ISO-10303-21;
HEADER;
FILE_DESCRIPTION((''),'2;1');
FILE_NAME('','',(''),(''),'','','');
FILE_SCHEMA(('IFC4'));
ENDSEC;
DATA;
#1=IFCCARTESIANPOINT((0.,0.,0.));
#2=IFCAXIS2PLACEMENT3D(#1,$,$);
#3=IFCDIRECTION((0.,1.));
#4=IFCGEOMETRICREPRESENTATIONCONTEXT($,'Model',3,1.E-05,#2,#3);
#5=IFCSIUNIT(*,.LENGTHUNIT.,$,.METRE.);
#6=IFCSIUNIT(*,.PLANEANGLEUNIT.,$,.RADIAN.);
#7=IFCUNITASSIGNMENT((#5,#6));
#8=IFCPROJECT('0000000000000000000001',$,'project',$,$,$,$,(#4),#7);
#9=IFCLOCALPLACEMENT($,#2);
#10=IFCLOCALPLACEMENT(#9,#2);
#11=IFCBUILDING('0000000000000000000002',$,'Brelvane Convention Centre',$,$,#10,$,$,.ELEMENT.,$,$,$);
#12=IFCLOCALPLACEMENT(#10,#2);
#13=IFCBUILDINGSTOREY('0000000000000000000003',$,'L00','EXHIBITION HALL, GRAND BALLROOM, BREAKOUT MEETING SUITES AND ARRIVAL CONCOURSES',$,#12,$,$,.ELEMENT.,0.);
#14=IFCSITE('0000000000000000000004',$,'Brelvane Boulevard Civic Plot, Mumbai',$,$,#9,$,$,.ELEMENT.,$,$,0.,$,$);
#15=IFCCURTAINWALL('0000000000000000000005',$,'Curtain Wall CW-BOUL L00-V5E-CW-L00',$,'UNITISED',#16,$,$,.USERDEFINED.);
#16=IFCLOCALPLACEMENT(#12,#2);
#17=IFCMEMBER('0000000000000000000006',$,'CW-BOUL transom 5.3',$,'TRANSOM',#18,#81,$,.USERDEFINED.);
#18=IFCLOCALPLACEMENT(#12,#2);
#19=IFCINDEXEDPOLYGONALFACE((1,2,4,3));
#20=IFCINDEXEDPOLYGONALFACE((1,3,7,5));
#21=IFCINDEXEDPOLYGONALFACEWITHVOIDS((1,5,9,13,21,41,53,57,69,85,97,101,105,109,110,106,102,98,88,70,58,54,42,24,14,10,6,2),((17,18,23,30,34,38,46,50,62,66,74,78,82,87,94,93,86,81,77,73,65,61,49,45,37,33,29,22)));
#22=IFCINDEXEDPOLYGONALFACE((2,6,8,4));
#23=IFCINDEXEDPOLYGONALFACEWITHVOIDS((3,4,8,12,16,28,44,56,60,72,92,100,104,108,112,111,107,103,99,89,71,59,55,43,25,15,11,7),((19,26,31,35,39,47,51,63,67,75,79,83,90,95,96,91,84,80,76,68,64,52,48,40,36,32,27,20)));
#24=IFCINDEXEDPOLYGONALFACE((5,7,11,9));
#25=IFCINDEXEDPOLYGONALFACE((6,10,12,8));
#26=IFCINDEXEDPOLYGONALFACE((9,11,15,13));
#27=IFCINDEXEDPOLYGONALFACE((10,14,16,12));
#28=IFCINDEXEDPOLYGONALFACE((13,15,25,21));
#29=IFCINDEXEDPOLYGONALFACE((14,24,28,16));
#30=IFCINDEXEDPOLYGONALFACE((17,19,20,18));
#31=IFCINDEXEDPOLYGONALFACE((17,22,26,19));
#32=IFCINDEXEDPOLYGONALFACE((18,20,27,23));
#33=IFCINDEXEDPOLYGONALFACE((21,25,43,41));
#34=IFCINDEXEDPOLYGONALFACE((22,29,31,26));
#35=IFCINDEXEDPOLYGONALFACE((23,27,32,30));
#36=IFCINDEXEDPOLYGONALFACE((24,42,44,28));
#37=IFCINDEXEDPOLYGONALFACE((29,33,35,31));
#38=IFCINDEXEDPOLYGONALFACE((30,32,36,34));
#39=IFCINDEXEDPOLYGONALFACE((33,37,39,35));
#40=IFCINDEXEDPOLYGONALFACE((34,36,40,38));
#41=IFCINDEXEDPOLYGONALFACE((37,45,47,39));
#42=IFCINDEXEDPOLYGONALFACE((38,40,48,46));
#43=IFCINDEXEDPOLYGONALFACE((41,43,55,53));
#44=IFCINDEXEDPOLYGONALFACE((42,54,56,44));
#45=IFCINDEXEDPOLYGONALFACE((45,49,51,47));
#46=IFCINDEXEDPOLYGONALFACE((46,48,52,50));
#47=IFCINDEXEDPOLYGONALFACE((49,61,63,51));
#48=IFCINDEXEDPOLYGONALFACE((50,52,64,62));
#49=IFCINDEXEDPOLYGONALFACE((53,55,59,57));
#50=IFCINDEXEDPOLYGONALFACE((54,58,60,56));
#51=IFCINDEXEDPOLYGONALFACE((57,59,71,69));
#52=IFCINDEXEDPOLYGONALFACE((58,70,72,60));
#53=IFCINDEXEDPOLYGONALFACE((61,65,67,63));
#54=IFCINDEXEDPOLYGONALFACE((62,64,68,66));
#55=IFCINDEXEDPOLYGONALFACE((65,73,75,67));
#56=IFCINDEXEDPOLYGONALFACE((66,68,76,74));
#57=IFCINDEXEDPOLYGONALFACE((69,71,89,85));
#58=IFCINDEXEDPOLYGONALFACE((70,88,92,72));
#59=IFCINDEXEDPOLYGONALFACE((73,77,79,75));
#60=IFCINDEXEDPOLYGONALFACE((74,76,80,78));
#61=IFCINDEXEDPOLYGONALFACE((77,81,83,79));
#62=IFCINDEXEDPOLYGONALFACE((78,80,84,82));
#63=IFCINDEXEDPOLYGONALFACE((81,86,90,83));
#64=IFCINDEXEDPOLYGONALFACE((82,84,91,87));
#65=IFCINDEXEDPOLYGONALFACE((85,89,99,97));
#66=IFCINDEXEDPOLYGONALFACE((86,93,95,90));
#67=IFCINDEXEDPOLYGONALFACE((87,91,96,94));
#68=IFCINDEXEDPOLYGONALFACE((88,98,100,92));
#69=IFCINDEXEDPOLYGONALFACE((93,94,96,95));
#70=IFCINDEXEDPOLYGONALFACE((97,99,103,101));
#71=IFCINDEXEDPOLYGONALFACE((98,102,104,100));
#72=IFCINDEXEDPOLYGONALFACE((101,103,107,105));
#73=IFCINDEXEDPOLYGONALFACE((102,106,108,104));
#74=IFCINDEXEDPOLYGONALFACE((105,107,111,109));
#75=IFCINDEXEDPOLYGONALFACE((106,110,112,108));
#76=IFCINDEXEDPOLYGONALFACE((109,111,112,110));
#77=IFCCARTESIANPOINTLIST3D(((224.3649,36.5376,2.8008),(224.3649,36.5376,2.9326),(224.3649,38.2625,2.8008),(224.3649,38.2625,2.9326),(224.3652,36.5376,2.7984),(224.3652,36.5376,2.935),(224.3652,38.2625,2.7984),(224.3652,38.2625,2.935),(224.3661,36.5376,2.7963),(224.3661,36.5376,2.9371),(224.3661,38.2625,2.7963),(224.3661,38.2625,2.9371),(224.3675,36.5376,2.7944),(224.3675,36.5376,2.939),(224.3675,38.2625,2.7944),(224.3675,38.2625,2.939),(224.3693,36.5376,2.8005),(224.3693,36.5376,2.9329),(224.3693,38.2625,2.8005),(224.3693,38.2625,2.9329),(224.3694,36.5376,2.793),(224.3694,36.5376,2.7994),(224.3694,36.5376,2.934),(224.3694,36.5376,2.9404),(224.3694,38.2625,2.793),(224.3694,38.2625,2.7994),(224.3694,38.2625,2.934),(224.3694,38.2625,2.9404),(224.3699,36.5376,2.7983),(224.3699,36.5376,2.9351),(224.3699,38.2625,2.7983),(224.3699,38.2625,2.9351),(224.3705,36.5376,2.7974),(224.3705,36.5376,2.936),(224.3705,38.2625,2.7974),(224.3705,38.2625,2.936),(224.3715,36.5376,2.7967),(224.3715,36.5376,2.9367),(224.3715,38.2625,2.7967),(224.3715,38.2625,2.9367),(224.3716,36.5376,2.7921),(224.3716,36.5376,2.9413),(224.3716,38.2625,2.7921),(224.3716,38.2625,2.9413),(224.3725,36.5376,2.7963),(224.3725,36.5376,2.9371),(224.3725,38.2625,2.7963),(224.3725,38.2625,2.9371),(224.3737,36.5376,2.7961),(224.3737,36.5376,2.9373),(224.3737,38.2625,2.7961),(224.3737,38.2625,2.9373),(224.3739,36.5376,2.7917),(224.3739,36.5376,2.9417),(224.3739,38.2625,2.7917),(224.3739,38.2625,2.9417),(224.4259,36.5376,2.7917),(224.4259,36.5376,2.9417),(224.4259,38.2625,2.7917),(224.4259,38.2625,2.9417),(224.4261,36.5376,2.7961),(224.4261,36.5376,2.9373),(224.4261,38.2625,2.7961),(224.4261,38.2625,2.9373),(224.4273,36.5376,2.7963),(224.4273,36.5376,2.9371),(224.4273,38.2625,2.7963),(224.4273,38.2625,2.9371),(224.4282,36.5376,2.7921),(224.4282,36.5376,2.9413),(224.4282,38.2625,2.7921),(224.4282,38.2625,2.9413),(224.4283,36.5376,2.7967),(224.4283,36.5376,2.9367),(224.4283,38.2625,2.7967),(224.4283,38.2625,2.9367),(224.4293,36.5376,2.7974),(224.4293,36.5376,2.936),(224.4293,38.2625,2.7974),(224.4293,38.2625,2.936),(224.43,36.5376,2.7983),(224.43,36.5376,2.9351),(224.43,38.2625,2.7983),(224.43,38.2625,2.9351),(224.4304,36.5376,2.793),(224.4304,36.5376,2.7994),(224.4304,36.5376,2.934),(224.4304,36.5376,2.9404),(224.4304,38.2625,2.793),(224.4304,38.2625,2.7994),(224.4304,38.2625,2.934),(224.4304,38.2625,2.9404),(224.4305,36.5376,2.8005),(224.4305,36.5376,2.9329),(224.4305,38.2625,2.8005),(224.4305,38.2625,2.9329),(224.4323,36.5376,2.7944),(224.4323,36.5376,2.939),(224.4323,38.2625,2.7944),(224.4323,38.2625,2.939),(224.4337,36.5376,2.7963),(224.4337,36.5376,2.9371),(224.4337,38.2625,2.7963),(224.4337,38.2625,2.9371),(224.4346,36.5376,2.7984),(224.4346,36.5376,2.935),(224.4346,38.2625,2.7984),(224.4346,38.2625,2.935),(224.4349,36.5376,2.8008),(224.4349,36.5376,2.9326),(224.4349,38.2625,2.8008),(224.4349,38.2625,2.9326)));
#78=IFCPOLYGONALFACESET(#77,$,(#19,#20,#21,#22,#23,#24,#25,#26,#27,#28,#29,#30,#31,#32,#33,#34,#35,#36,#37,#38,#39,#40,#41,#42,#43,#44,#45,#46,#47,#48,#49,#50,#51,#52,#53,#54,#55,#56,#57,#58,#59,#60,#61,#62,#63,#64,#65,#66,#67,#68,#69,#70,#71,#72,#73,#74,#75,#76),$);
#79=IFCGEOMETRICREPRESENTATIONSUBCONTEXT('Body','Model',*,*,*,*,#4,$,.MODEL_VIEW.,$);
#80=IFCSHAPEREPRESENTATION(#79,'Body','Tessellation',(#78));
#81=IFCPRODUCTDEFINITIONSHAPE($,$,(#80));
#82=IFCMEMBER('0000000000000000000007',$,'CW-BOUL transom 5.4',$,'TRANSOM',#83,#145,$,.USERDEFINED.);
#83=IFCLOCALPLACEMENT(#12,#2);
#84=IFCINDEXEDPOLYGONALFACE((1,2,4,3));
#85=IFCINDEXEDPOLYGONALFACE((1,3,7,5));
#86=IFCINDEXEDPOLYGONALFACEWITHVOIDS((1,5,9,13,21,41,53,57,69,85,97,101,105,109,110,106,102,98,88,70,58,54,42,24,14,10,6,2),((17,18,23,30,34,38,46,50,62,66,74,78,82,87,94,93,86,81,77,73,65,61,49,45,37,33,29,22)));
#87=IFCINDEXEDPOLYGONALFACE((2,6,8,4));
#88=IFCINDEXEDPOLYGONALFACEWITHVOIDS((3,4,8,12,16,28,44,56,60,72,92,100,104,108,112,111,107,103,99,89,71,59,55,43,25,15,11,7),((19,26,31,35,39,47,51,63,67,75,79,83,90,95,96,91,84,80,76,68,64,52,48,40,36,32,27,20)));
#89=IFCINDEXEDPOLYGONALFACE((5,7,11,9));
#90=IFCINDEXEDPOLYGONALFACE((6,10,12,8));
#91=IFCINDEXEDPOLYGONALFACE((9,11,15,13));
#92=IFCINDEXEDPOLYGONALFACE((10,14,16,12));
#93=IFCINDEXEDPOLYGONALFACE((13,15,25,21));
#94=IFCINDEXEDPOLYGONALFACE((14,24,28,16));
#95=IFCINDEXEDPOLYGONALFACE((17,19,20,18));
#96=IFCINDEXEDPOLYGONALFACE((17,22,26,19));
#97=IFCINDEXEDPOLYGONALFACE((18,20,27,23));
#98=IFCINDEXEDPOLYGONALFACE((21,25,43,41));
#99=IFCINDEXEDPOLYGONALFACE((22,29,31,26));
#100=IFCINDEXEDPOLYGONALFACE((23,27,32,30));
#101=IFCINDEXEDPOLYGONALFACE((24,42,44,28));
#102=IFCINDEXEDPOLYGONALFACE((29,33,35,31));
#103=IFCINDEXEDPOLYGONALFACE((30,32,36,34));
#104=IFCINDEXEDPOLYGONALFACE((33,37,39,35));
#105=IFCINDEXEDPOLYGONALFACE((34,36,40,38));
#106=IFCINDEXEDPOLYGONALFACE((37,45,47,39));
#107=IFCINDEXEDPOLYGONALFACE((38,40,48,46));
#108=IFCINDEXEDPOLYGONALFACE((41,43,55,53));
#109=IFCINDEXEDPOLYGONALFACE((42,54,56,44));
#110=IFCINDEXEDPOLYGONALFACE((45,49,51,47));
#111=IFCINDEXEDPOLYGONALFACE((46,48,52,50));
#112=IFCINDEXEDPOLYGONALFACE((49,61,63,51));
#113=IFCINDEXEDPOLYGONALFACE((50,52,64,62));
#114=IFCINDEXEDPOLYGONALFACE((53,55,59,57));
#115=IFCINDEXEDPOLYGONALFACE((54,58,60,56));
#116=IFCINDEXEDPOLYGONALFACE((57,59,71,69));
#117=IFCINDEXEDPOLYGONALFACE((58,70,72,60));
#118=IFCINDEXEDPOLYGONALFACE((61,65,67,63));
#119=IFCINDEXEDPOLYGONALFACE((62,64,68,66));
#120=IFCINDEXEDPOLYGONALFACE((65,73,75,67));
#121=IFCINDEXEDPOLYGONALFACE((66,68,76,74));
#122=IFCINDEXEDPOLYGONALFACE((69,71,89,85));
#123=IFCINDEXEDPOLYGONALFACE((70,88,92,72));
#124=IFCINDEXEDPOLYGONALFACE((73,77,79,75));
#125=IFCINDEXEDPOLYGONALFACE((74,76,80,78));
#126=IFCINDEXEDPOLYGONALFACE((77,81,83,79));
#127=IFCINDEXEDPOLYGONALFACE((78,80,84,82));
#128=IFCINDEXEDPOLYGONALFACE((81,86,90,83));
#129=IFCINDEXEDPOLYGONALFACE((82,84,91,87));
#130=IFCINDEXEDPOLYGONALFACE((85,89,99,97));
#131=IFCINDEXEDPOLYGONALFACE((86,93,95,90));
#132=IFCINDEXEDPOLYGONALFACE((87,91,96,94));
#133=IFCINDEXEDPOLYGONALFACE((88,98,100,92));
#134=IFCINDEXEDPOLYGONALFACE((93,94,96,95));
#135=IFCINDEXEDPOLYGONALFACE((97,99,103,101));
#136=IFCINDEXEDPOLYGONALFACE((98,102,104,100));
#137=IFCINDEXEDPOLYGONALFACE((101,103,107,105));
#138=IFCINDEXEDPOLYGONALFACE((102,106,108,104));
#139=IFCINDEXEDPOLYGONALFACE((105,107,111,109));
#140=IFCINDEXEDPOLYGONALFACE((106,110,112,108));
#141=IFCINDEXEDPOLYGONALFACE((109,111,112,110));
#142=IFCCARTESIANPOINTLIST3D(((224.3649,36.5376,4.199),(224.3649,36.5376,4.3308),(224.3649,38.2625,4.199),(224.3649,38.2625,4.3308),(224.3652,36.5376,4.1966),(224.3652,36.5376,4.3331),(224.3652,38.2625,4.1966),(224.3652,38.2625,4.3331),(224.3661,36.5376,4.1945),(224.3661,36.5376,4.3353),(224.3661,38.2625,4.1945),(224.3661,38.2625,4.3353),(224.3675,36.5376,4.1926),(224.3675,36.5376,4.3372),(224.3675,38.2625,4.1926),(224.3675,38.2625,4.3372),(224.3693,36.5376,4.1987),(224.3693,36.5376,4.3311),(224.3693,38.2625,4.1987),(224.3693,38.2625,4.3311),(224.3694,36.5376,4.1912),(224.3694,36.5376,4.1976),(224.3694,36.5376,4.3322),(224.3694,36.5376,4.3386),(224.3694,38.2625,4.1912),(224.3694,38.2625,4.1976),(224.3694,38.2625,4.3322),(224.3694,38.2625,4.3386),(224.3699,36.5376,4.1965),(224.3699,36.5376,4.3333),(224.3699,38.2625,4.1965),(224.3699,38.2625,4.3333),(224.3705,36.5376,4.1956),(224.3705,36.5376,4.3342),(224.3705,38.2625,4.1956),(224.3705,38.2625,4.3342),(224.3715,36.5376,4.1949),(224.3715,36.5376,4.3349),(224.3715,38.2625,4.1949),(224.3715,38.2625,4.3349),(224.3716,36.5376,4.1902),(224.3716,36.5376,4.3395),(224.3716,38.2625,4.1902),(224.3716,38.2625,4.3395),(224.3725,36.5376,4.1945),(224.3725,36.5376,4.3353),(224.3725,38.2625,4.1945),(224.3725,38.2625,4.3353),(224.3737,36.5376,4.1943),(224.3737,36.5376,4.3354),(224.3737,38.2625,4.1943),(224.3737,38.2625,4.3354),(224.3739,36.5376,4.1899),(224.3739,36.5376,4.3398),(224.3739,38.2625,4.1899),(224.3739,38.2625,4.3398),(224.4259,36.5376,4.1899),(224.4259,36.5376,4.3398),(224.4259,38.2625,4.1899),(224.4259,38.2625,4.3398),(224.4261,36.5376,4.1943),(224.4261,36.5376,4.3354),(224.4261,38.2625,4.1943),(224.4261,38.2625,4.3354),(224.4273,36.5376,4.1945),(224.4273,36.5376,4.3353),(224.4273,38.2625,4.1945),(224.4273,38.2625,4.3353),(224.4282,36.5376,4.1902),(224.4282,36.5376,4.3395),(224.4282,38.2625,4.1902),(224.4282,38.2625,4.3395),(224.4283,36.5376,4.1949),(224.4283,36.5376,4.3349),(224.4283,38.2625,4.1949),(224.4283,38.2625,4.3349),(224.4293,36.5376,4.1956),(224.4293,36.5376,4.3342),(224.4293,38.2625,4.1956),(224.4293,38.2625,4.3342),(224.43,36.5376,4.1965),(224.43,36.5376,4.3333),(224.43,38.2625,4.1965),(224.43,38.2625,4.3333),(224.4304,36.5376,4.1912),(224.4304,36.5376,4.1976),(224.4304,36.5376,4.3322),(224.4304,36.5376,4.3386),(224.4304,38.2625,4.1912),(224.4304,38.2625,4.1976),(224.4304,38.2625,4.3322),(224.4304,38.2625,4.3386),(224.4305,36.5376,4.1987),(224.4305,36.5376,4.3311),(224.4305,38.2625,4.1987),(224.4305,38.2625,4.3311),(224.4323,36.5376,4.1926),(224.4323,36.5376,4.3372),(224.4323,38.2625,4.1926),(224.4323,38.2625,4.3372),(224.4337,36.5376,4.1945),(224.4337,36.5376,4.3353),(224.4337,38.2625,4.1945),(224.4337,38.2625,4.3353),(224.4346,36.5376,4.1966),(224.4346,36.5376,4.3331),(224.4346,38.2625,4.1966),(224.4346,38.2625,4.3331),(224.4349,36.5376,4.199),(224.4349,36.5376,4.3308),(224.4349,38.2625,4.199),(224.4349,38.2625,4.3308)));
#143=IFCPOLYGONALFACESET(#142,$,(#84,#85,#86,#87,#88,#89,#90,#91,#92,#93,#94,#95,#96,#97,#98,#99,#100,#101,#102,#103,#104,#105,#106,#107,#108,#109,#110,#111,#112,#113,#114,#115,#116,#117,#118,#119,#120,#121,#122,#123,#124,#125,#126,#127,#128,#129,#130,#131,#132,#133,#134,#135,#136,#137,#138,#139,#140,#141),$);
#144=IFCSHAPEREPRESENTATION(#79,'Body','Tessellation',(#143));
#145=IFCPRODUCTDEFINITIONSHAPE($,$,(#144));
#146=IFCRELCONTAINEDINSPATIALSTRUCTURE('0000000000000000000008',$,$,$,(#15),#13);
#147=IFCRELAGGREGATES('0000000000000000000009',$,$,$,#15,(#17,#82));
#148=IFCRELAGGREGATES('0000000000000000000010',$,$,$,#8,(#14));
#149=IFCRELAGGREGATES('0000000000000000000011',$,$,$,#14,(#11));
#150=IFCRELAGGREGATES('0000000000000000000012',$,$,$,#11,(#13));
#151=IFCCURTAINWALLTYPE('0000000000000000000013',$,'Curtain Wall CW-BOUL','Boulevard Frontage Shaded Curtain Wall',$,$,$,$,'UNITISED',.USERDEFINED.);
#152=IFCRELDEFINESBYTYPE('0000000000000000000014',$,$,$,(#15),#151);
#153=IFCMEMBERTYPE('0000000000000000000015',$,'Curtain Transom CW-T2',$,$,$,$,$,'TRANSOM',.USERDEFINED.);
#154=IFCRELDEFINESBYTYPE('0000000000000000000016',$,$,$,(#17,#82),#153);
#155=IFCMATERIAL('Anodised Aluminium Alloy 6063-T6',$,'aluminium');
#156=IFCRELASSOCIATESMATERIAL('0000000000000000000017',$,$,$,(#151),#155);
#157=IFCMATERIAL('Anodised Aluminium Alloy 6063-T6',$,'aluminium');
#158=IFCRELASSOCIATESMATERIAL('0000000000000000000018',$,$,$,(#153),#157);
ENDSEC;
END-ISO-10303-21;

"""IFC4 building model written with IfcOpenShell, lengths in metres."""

from ifc_helpers import new_model, si_unit, direction, frame, origin, origin_2d, place, context, subcontext, project, spatial, hollow_rectangle, extrude, material, material_profile, profile_set, type_object, element, aggregate, save


model = new_model("IFC4")

# Units and contexts
model_context = context("Model", 3, precision=1e-05, world=origin(), true_north=direction((0.0, 1.0)))
body_context = subcontext(model_context, "Body", "Model", "MODEL_VIEW")
ifc_project = project(units=[si_unit("LENGTHUNIT", "METRE"), si_unit("PLANEANGLEUNIT", "RADIAN")], contexts=[model_context])

# Site, building, storey
site_placement = place(None, origin())
site = spatial("IfcSite", under=ifc_project, at=site_placement, Name="Brelvane Boulevard Civic Plot, Mumbai", CompositionType="ELEMENT", RefElevation=0.0)
building_placement = place(site_placement, origin())
building = spatial("IfcBuilding", under=site, at=building_placement, Name="Brelvane Convention Centre", CompositionType="ELEMENT")
storey_placement = place(building_placement, origin())
storey = spatial("IfcBuildingStorey", under=building, at=storey_placement, Name="L00", Description="EXHIBITION HALL, GRAND BALLROOM, BREAKOUT MEETING SUITES AND ARRIVAL CONCOURSES", CompositionType="ELEMENT", Elevation=0.0)

# Curtain wall, members
ifc_material_1 = material(Name="Anodised Aluminium Alloy 6063-T6", Category="aluminium")
curtain_wall_type = type_object("IfcCurtainWallType", Name="Curtain Wall CW-BOUL", Description="Boulevard Frontage Shaded Curtain Wall", ElementType="UNITISED", PredefinedType="USERDEFINED", material=ifc_material_1)
curtain_wall_placement = place(storey_placement, origin())
curtain_wall = element("IfcCurtainWall", 1, at=curtain_wall_placement, inside=storey, type_object=curtain_wall_type, Name="Curtain Wall CW-BOUL L00-V5E-CW-L00", ObjectType="UNITISED", PredefinedType="USERDEFINED")
ifc_material_2 = material(Name="Anodised Aluminium Alloy 6063-T6", Category="aluminium")
ifc_material_profile_1 = material_profile(ifc_material_2, hollow_rectangle(XDim=0.0701, YDim=0.1499, WallThickness=0.0044, InnerFilletRadius=0.0044, OuterFilletRadius=0.009, at=origin_2d()), Name="ALU-T 150x70x4.5")
ifc_profile_set_1 = profile_set([ifc_material_profile_1], Name="Anodised Aluminium Alloy 6063-T6")
member_type_1 = type_object("IfcMemberType", Name="Curtain Transom CW-T2", ElementType="TRANSOM", PredefinedType="USERDEFINED", material=ifc_profile_set_1)
member_1_placement = place(storey_placement, frame((224.3999, 36.5376, 2.8667), z_axis=(0.0, 1.0, 0.0), x_axis=(-1.0, 0.0, 0.0)))
member_1 = element("IfcMember", 2, at=member_1_placement, type_object=member_type_1, Name="CW-BOUL transom 5.3", ObjectType="TRANSOM", PredefinedType="USERDEFINED", context=body_context, shape_type="SweptSolid", body=[
    extrude(hollow_rectangle(XDim=0.0701, YDim=0.1499, WallThickness=0.0044, InnerFilletRadius=0.0044, OuterFilletRadius=0.009, at=origin_2d()), origin(), (0.0, 0.0, 1.0), 1.7249),
])
member_2_placement = place(storey_placement, frame((224.3999, 36.5376, 4.2649), z_axis=(0.0, 1.0, 0.0), x_axis=(-1.0, 0.0, 0.0)))
member_2 = element("IfcMember", 3, at=member_2_placement, type_object=member_type_1, Name="CW-BOUL transom 5.4", ObjectType="TRANSOM", PredefinedType="USERDEFINED", context=body_context, shape_type="SweptSolid", body=[
    extrude(hollow_rectangle(XDim=0.0701, YDim=0.1499, WallThickness=0.0044, InnerFilletRadius=0.0044, OuterFilletRadius=0.009, at=origin_2d()), origin(), (0.0, 0.0, 1.0), 1.7249),
])

aggregate(curtain_wall, [member_1, member_2])

save(model, "model.ifc")
